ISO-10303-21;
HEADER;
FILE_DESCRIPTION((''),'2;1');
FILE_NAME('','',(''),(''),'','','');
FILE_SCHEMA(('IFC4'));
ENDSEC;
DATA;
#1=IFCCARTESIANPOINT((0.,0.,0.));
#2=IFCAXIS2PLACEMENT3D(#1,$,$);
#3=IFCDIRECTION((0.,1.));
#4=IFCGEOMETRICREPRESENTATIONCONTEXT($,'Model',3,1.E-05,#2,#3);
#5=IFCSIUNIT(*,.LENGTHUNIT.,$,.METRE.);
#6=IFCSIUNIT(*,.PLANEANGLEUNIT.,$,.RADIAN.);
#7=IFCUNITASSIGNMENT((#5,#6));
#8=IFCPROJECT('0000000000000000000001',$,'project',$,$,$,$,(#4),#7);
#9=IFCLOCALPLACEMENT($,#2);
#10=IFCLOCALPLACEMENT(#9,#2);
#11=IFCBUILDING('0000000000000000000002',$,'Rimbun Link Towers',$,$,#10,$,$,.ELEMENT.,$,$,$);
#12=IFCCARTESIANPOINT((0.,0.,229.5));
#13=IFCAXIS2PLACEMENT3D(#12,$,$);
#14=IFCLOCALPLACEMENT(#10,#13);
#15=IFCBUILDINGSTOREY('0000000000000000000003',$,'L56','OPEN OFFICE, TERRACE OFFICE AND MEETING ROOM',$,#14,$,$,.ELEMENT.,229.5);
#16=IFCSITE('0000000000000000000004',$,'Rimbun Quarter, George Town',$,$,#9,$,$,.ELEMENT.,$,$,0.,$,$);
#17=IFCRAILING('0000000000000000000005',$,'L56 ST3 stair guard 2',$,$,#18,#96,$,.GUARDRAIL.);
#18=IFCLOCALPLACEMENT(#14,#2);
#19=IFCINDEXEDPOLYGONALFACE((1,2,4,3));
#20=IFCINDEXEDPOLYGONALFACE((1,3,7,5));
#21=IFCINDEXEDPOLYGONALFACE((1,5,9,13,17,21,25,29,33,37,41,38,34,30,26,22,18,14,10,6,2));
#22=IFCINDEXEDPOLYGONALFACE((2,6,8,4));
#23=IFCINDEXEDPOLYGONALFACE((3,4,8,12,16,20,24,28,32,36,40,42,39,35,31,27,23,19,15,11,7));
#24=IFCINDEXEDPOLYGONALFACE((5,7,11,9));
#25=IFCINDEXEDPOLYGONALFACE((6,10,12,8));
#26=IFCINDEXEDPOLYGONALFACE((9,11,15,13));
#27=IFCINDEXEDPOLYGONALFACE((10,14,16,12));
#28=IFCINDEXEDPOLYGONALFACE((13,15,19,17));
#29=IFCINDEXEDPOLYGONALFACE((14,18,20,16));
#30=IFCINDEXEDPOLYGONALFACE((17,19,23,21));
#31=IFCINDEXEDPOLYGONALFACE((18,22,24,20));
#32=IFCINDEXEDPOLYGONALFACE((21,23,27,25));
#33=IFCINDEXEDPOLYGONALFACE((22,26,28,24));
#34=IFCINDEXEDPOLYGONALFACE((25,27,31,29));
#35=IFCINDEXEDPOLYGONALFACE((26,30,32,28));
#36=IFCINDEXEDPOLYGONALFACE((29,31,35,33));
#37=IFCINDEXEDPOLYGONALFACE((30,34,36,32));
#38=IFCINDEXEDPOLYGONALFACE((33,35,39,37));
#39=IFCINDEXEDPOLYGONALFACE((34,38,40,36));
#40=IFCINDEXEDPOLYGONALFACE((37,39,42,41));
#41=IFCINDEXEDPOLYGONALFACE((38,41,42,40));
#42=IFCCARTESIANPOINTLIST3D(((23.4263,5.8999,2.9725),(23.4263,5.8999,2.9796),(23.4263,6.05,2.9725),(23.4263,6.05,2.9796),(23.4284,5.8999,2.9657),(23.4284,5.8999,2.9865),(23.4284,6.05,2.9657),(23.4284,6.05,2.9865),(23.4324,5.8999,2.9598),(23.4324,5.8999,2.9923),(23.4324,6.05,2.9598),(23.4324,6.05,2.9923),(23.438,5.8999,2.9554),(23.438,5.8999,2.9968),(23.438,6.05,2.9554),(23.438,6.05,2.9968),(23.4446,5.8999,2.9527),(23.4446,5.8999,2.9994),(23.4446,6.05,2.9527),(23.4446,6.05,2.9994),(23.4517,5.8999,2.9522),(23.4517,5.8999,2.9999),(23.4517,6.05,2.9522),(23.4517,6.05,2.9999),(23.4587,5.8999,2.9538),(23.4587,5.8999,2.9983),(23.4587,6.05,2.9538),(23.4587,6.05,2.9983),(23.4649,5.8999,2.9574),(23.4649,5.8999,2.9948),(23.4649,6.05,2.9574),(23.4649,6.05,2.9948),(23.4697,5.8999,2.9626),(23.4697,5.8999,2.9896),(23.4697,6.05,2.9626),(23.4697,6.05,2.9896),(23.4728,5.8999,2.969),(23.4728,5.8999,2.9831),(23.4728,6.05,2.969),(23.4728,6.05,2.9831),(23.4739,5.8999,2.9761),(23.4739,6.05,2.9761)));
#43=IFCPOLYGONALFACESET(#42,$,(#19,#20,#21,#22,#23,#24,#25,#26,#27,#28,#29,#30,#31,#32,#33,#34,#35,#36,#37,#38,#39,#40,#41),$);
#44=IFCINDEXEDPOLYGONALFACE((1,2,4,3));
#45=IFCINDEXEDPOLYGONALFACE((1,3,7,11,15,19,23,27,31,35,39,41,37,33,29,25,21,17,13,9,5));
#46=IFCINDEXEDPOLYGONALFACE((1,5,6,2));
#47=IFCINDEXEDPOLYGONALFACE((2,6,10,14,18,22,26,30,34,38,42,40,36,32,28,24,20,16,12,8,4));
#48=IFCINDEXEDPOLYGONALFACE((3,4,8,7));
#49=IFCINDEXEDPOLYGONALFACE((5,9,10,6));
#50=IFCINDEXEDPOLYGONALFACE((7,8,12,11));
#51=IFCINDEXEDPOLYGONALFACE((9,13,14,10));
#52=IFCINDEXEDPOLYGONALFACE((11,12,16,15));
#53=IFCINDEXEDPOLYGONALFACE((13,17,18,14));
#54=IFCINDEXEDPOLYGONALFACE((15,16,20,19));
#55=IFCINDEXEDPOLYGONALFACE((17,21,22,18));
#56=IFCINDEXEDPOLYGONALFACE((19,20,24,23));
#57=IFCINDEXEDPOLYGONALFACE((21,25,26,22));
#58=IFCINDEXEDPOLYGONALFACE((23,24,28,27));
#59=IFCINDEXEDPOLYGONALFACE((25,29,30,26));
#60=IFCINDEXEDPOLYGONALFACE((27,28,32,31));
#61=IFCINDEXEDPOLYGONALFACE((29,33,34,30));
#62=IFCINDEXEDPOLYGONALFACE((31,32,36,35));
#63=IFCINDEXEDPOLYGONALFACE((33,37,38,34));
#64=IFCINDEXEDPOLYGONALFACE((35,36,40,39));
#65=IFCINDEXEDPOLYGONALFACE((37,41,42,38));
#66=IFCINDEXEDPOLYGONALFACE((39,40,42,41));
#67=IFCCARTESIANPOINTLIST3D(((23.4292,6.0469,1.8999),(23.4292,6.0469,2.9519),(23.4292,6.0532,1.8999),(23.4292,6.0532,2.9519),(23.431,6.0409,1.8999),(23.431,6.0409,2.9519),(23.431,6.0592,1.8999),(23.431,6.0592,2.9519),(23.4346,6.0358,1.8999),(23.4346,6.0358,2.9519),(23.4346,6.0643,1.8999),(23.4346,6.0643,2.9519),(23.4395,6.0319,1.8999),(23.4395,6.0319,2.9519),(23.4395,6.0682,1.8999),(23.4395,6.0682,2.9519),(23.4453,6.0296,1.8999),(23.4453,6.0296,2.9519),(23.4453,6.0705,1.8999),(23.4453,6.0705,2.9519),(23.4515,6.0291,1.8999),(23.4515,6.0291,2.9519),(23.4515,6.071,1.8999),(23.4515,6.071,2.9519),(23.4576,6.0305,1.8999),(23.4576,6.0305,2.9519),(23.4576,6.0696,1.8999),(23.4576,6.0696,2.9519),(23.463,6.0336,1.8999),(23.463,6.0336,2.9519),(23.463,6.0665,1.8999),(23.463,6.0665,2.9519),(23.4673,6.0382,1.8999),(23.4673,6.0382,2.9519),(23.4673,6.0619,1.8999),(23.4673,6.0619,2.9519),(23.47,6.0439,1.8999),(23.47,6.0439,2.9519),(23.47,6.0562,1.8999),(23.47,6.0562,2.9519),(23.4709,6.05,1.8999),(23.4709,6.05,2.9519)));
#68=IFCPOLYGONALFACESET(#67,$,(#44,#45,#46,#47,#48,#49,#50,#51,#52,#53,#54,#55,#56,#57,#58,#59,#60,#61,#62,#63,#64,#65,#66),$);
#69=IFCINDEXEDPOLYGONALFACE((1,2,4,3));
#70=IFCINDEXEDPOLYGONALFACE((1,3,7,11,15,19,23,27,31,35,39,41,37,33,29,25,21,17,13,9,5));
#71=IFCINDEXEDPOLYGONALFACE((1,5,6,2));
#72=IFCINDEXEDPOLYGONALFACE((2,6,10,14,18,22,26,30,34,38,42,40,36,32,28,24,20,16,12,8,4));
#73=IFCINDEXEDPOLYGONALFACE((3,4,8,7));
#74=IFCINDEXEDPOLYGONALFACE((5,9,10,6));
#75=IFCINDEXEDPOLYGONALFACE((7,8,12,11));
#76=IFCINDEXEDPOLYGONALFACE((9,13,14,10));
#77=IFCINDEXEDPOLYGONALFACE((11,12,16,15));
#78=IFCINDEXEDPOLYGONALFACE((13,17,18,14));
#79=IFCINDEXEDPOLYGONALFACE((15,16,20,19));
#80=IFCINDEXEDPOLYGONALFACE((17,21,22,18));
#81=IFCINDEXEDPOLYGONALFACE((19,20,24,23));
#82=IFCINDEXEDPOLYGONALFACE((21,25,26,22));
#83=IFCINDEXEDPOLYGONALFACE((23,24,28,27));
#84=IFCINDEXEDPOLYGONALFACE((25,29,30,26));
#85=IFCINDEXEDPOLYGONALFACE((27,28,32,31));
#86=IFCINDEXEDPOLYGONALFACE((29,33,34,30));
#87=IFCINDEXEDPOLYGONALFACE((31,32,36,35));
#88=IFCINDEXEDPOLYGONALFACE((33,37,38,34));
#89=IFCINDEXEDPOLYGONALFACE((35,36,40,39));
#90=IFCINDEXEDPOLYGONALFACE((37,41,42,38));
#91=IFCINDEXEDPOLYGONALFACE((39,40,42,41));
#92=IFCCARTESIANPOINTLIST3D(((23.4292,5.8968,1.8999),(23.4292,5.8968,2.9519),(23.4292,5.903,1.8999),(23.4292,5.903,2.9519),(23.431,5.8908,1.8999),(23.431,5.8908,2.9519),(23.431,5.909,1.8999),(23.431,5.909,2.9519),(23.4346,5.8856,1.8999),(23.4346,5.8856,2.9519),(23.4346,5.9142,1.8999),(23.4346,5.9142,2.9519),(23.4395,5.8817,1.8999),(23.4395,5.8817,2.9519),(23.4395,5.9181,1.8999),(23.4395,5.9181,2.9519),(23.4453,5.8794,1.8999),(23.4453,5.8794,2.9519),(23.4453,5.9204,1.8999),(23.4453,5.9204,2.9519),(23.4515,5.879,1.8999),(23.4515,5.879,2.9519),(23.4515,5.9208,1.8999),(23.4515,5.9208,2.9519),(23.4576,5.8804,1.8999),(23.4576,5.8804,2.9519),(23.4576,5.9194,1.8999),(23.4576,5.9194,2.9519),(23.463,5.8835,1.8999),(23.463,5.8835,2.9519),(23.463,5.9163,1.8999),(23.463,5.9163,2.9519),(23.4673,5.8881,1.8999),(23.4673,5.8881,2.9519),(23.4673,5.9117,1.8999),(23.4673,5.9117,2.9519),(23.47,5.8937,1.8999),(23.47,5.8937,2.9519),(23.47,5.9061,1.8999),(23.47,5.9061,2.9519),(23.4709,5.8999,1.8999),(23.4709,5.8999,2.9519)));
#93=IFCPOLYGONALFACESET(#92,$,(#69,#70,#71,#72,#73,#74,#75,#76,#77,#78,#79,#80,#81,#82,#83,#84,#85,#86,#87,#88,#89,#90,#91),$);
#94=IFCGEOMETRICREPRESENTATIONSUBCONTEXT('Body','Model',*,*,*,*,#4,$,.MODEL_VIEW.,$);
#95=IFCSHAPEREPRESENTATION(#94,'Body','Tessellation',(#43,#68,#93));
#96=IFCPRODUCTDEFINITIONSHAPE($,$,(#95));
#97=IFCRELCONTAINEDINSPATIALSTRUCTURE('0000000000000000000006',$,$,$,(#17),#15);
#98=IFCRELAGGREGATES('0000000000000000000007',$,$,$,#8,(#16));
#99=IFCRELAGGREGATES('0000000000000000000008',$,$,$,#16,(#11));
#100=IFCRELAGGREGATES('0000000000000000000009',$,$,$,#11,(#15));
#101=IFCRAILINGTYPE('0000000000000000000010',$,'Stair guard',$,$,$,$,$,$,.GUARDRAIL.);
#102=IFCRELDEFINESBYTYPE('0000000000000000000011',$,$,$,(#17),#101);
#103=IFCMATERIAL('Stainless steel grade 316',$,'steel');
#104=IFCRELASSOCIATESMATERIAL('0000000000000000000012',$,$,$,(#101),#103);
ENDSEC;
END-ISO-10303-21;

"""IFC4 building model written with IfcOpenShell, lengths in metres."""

from ifc_helpers import new_model, si_unit, direction, frame, origin, origin_2d, place, context, subcontext, project, spatial, circle, extrude, material, type_object, element, save


model = new_model("IFC4")

# Units and contexts
model_context = context("Model", 3, precision=1e-05, world=origin(), true_north=direction((0.0, 1.0)))
body_context = subcontext(model_context, "Body", "Model", "MODEL_VIEW")
ifc_project = project(units=[si_unit("LENGTHUNIT", "METRE"), si_unit("PLANEANGLEUNIT", "RADIAN")], contexts=[model_context])

# Site, building, storey
site_placement = place(None, origin())
site = spatial("IfcSite", under=ifc_project, at=site_placement, Name="Rimbun Quarter, George Town", CompositionType="ELEMENT", RefElevation=0.0)
building_placement = place(site_placement, origin())
building = spatial("IfcBuilding", under=site, at=building_placement, Name="Rimbun Link Towers", CompositionType="ELEMENT")
storey_placement = place(building_placement, frame((0.0, 0.0, 229.5)))
storey = spatial("IfcBuildingStorey", under=building, at=storey_placement, Name="L56", Description="OPEN OFFICE, TERRACE OFFICE AND MEETING ROOM", CompositionType="ELEMENT", Elevation=229.5)

# Railing
ifc_material_1 = material(Name="Stainless steel grade 316", Category="steel")
railing_type_1 = type_object("IfcRailingType", Name="Stair guard", PredefinedType="GUARDRAIL", material=ifc_material_1)
railing_1_placement = place(storey_placement, frame((23.45, 6.05, 1.8999)))
element("IfcRailing", 1, at=railing_1_placement, inside=storey, type_object=railing_type_1, Name="L56 ST3 stair guard 2", PredefinedType="GUARDRAIL", context=body_context, shape_type="SweptSolid", body=[
    extrude(circle(Radius=0.0239, at=origin_2d()), frame((0.0, 0.0, 1.0762), z_axis=(0.0, -1.0, 0.0), x_axis=(1.0, 0.0, 0.0)), (0.0, 0.0, 1.0), 0.1501),
    extrude(circle(Radius=0.021, at=origin_2d()), origin(), (0.0, 0.0, 1.0), 1.052),
    extrude(circle(Radius=0.021, at=origin_2d()), frame((0.0, -0.1501, 0.0)), (0.0, 0.0, 1.0), 1.052),
])

save(model, "model.ifc")
